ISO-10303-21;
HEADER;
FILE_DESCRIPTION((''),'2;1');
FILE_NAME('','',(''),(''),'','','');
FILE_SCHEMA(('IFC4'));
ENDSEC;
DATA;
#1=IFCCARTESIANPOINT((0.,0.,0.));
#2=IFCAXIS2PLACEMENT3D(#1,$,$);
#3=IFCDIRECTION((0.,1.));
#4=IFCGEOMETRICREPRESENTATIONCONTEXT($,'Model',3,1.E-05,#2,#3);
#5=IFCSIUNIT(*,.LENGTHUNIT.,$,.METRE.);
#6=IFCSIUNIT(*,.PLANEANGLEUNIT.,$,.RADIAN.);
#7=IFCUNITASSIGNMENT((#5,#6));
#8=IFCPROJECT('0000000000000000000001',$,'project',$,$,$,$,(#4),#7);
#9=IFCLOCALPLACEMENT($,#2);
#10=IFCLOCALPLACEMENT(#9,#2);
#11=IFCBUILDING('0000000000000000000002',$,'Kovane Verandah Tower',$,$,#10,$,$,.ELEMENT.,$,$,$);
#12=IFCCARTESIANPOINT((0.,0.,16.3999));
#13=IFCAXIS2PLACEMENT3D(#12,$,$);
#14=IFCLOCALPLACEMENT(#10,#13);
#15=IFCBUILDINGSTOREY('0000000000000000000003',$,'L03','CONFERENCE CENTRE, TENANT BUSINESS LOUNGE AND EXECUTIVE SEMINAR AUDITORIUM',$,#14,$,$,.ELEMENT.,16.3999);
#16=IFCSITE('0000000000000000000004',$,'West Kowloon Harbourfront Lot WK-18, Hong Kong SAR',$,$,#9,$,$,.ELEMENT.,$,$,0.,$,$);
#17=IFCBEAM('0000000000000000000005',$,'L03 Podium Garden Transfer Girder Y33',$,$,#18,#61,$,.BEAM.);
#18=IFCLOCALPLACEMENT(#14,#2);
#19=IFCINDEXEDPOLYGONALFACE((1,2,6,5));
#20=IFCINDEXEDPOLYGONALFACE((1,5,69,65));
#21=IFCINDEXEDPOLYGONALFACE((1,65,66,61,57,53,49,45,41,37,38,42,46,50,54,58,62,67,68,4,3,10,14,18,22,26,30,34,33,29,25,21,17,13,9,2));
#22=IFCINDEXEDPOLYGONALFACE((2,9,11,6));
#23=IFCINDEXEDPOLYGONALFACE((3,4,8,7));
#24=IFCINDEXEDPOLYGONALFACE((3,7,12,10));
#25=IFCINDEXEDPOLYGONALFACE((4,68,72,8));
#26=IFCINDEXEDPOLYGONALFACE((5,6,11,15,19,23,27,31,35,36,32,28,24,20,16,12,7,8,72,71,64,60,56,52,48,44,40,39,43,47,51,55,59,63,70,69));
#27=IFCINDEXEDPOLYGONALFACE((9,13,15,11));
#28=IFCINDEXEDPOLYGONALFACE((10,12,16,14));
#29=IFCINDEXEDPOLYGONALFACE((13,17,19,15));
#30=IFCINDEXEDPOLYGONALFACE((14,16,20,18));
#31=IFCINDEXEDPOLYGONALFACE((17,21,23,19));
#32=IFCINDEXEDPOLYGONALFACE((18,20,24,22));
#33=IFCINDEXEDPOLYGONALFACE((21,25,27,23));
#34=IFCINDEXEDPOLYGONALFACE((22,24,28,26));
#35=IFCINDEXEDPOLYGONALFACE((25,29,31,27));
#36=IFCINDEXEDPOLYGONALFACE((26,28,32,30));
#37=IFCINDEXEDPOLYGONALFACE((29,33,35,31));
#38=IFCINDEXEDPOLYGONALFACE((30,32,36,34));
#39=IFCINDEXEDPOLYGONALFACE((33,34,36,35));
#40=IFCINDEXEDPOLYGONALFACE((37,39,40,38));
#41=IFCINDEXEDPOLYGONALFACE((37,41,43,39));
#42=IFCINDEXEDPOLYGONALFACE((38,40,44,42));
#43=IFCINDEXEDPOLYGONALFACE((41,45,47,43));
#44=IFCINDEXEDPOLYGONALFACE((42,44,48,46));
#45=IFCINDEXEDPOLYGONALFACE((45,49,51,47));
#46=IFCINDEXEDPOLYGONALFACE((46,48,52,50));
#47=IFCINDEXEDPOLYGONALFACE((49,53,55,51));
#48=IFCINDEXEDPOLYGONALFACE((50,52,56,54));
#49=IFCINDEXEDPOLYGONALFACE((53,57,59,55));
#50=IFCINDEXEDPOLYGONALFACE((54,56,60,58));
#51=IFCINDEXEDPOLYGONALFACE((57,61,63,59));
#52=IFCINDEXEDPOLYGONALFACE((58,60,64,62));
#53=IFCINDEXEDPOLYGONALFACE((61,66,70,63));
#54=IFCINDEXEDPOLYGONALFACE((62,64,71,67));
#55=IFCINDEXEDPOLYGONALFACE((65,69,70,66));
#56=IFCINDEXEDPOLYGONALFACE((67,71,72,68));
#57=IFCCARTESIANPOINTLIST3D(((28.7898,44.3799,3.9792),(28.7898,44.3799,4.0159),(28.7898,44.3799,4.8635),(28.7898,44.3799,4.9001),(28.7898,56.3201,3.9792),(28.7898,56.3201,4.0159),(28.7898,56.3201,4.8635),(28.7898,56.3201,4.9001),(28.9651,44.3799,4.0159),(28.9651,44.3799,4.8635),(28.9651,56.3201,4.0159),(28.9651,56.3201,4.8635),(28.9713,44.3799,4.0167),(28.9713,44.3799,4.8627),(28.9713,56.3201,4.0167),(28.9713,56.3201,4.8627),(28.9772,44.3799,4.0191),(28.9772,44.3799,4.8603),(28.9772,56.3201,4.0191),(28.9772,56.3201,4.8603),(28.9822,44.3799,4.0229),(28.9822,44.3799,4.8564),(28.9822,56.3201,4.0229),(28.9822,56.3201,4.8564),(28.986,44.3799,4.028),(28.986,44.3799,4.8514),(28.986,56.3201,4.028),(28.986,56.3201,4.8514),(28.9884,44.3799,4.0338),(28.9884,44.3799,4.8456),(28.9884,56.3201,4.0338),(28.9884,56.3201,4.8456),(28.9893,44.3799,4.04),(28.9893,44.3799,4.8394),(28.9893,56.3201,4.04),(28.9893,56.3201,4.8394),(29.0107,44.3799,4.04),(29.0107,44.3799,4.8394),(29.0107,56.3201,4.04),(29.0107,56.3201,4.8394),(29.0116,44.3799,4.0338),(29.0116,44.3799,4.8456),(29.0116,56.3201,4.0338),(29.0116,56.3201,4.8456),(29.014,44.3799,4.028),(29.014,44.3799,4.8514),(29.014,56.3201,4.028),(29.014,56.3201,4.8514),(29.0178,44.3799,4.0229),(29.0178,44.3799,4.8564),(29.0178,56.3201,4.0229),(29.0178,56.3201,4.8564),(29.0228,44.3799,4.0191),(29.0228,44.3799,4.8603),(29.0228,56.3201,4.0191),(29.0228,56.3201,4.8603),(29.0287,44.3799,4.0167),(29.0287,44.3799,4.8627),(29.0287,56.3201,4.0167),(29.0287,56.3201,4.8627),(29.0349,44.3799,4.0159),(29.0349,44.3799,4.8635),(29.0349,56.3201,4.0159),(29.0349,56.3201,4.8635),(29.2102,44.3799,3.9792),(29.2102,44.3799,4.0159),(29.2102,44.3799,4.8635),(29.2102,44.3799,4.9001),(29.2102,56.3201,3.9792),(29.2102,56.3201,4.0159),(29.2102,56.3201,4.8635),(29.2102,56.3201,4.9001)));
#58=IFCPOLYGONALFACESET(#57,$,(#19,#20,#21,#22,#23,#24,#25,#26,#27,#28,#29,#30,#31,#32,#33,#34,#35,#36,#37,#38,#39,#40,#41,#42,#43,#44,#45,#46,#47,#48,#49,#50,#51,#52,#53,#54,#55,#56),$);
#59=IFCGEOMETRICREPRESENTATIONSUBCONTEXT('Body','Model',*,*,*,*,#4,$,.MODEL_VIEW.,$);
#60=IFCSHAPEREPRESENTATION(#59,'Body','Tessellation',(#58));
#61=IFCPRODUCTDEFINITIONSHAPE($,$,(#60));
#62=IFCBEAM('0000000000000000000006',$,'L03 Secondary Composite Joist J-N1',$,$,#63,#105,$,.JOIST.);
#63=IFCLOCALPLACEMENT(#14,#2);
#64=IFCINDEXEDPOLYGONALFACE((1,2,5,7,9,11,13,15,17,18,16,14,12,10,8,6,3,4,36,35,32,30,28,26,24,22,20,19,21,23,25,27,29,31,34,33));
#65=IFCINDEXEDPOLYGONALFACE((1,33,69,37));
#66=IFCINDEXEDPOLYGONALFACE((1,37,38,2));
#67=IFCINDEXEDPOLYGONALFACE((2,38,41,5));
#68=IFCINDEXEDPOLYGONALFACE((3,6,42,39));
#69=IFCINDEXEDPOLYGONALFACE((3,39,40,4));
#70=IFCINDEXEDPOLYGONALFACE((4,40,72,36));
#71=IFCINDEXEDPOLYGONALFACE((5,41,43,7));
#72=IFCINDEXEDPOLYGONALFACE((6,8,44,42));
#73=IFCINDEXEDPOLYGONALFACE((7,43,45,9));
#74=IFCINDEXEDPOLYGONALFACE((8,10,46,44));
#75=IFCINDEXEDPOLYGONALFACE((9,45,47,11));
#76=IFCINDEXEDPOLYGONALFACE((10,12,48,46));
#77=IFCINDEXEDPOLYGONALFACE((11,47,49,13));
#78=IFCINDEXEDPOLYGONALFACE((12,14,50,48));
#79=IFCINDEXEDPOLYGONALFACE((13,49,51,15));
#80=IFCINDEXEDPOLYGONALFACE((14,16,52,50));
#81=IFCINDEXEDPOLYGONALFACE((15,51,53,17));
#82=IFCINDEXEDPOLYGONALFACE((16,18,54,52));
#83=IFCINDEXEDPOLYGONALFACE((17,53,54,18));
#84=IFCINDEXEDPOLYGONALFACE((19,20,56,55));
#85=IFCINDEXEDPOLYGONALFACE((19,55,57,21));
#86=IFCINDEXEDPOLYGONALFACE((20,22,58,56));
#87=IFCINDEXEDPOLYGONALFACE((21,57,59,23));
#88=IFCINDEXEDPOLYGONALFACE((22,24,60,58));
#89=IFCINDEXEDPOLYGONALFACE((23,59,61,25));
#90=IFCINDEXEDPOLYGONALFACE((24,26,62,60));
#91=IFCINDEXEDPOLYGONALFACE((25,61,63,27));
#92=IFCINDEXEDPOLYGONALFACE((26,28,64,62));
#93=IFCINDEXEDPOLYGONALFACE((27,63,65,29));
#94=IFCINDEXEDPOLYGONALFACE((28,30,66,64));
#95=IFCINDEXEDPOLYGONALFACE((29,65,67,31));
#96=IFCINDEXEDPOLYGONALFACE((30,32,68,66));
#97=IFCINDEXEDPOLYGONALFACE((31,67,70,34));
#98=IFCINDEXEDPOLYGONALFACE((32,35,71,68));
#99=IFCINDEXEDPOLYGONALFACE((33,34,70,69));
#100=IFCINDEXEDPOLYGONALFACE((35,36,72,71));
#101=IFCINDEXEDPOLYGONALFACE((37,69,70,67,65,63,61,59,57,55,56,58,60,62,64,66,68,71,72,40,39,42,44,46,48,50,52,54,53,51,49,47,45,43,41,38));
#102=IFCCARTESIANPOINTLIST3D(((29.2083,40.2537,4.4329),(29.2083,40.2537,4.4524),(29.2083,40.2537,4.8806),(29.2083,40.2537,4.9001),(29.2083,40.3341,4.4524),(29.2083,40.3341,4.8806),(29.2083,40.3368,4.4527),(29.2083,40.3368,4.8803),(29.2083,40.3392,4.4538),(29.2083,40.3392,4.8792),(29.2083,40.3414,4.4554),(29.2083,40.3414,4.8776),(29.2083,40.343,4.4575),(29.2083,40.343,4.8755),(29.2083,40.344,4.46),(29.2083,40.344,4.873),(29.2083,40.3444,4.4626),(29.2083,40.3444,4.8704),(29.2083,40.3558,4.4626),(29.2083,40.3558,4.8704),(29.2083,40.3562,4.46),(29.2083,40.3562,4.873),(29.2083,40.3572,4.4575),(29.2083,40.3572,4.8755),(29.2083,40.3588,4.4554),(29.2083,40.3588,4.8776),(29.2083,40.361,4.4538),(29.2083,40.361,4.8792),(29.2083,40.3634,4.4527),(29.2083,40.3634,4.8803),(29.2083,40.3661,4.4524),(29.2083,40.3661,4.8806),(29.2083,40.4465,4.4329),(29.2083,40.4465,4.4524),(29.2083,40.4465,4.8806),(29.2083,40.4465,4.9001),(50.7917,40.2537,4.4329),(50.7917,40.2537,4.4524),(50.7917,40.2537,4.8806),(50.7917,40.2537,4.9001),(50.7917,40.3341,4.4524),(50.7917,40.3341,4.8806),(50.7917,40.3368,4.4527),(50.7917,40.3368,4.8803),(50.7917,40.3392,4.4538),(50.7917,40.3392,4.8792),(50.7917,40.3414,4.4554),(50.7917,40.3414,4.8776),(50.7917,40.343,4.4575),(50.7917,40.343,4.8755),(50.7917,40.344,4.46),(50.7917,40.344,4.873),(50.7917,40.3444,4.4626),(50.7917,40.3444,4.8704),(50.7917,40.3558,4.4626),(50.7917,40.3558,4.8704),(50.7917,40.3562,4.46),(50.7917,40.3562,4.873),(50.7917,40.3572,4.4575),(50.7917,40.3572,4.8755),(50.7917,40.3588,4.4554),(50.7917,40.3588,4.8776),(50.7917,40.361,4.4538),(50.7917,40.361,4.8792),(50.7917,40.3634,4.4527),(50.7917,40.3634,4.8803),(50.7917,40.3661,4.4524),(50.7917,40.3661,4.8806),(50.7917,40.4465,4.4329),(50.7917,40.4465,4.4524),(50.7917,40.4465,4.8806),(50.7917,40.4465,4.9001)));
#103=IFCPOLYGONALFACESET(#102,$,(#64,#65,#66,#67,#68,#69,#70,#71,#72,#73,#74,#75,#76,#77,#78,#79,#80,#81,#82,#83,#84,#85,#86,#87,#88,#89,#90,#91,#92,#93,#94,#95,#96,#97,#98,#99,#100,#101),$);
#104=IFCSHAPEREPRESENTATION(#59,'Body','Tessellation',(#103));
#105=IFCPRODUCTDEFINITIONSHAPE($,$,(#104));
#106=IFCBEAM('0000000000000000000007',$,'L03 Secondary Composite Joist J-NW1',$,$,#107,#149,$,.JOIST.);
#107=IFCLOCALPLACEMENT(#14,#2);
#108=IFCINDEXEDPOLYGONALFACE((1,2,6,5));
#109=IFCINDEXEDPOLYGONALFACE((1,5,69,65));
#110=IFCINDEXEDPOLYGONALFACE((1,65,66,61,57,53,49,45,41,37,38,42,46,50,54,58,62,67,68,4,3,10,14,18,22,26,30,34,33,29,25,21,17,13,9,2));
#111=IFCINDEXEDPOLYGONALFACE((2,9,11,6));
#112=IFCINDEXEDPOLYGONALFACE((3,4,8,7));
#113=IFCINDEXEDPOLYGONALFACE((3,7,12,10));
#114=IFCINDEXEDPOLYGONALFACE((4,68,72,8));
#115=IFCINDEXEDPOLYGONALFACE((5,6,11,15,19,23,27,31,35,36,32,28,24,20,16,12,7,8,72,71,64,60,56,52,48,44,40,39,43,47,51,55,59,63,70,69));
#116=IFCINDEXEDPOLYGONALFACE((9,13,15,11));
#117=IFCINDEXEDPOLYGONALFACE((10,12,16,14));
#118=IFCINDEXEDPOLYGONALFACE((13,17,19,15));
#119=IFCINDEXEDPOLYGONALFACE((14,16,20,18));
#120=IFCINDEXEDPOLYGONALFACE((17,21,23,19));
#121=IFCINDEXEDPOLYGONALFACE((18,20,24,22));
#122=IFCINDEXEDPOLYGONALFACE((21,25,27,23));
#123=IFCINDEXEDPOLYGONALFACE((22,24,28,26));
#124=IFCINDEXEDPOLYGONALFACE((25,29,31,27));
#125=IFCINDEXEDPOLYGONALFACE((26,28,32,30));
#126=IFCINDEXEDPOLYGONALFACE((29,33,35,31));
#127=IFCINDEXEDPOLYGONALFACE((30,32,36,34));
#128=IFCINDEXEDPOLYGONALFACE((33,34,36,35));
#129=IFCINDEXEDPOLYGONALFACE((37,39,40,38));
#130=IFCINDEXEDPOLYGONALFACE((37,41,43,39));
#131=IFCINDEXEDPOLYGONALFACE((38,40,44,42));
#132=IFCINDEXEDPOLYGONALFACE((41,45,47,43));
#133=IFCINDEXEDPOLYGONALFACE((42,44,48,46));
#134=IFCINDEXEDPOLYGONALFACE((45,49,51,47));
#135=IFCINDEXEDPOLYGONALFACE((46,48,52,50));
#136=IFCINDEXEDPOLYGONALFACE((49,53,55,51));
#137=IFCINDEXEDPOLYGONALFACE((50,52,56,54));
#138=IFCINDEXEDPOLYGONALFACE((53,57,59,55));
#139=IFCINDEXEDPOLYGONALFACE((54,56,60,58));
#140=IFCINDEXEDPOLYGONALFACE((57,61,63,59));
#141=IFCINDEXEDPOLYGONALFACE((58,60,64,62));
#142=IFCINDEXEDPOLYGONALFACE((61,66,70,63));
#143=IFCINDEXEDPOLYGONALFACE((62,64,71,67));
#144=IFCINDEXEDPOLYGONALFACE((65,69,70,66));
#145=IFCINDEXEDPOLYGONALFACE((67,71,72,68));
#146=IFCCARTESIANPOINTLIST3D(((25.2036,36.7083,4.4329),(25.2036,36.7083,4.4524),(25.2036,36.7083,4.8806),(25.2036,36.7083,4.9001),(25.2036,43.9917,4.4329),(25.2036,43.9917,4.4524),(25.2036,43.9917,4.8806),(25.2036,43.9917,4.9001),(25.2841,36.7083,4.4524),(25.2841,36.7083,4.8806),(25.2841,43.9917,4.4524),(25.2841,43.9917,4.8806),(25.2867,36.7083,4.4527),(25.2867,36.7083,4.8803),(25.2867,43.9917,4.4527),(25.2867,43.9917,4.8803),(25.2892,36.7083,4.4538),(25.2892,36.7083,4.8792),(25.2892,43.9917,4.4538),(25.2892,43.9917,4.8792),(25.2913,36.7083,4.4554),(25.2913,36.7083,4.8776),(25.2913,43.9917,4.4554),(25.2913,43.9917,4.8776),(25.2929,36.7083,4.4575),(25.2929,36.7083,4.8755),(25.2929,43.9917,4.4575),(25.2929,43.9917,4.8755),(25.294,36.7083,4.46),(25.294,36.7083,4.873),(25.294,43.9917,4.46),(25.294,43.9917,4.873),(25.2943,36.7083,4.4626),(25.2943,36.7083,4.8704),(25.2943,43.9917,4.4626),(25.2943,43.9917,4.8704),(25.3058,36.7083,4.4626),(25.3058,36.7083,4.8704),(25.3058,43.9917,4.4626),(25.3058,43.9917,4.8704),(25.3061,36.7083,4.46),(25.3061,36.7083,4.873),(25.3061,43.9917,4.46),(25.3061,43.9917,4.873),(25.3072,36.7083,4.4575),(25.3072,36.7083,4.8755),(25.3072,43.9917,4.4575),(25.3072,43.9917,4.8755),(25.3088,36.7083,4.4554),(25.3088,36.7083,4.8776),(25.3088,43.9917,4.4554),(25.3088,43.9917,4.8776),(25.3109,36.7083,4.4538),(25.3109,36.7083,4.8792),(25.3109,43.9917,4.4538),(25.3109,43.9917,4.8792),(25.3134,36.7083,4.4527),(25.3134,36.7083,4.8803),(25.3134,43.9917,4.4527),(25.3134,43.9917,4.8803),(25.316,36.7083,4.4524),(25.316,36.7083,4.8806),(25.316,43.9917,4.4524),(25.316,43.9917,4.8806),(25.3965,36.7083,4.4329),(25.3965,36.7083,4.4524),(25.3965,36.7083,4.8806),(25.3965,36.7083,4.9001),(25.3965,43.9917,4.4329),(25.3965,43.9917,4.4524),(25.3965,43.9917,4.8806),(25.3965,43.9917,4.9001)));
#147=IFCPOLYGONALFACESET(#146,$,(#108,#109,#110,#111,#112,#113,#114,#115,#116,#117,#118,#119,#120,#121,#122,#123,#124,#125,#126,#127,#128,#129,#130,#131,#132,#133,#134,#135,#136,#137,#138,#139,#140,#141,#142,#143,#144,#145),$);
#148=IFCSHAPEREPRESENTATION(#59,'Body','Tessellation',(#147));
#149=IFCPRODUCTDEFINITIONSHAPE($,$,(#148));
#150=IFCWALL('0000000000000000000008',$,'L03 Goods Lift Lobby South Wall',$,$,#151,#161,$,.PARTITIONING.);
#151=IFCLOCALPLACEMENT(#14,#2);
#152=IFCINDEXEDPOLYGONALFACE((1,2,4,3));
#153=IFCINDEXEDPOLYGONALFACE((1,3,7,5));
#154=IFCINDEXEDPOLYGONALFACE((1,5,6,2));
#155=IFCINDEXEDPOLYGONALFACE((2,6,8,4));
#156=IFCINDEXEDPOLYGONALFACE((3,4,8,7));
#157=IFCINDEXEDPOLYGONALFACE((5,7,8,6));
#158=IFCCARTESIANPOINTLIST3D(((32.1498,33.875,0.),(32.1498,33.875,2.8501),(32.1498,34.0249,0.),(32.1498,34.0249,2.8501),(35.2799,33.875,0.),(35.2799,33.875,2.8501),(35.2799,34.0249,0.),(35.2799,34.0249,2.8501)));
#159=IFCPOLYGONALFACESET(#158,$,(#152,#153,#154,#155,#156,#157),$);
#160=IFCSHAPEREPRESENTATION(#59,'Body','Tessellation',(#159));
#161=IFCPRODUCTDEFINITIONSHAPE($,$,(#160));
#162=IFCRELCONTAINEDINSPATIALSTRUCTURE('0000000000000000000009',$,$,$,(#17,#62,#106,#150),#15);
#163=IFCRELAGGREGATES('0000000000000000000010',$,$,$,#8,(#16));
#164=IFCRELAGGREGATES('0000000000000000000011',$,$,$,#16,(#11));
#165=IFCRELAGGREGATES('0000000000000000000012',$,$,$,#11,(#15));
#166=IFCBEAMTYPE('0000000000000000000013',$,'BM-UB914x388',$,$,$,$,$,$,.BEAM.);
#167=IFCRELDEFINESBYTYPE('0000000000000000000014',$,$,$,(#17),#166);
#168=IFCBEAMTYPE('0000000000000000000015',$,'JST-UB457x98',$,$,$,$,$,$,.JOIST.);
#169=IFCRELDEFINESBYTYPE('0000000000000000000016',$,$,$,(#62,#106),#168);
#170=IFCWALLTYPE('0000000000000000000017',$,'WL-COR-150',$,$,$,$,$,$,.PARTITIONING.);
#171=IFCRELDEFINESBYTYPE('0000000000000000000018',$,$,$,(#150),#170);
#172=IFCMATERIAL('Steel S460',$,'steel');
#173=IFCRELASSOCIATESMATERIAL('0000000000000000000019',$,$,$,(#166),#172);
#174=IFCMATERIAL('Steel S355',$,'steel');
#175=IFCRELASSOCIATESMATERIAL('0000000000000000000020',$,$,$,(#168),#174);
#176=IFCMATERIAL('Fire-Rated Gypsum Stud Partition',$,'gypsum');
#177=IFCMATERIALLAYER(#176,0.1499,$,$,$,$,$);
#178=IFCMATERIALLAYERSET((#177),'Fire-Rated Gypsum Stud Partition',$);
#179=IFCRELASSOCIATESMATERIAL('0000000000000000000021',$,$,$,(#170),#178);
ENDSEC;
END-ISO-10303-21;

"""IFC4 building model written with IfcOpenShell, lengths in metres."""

from ifc_helpers import new_model, si_unit, direction, frame, frame_2d, origin, origin_2d, place, context, subcontext, project, spatial, rectangle, i_section, extrude, material, layer, layer_set, material_profile, profile_set, type_object, element, save


model = new_model("IFC4")

# Units and contexts
model_context = context("Model", 3, precision=1e-05, world=origin(), true_north=direction((0.0, 1.0)))
body_context = subcontext(model_context, "Body", "Model", "MODEL_VIEW")
ifc_project = project(units=[si_unit("LENGTHUNIT", "METRE"), si_unit("PLANEANGLEUNIT", "RADIAN")], contexts=[model_context])

# Site, building, storey
site_placement = place(None, origin())
site = spatial("IfcSite", under=ifc_project, at=site_placement, Name="West Kowloon Harbourfront Lot WK-18, Hong Kong SAR", CompositionType="ELEMENT", RefElevation=0.0)
building_placement = place(site_placement, origin())
building = spatial("IfcBuilding", under=site, at=building_placement, Name="Kovane Verandah Tower", CompositionType="ELEMENT")
storey_placement = place(building_placement, frame((0.0, 0.0, 16.3999)))
storey = spatial("IfcBuildingStorey", under=building, at=storey_placement, Name="L03", Description="CONFERENCE CENTRE, TENANT BUSINESS LOUNGE AND EXECUTIVE SEMINAR AUDITORIUM", CompositionType="ELEMENT", Elevation=16.3999)

# Shared definitions
ifc_material_1 = material(Name="Steel S460", Category="steel")

# Beams
ifc_material_profile_1 = material_profile(ifc_material_1, i_section(OverallWidth=0.4204, OverallDepth=0.9209, WebThickness=0.0215, FlangeThickness=0.0366, FilletRadius=0.0242, at=origin_2d()), Name="UB914x419x388")
ifc_profile_set_1 = profile_set([ifc_material_profile_1], Name="Steel S460")
beam_type_1 = type_object("IfcBeamType", Name="BM-UB914x388", PredefinedType="BEAM", material=ifc_profile_set_1)
for number, where, z_axis, x_axis, name in (
    (1, (29.0, 44.3799, 4.4397), (0.0, 1.0, 0.0), (-1.0, 0.0, 0.0), "L03 Podium Garden Transfer Girder Y33"),
):
    element("IfcBeam", number, at=place(storey_placement, frame(where, z_axis=z_axis, x_axis=x_axis)), inside=storey, type_object=beam_type_1, Name=name, PredefinedType="BEAM", context=body_context, shape_type="SweptSolid", body=[
        extrude(i_section(OverallWidth=0.4204, OverallDepth=0.9209, WebThickness=0.0215, FlangeThickness=0.0366, FilletRadius=0.0242, at=origin_2d()), origin(), (0.0, 0.0, 1.0), 11.9402),
    ])
ifc_material_2 = material(Name="Steel S355", Category="steel")
ifc_material_profile_2 = material_profile(ifc_material_2, i_section(OverallWidth=0.1929, OverallDepth=0.4673, WebThickness=0.0115, FlangeThickness=0.0195, FilletRadius=0.0103, at=origin_2d()), Name="UB457x191x98")
ifc_profile_set_2 = profile_set([ifc_material_profile_2], Name="Steel S355")
beam_type_2 = type_object("IfcBeamType", Name="JST-UB457x98", PredefinedType="JOIST", material=ifc_profile_set_2)
beam_1_placement = place(storey_placement, frame((29.2083, 40.3501, 4.6665), z_axis=(1.0, 0.0, 0.0), x_axis=(0.0, 1.0, 0.0)))
element("IfcBeam", 2, at=beam_1_placement, inside=storey, type_object=beam_type_2, Name="L03 Secondary Composite Joist J-N1", PredefinedType="JOIST", context=body_context, shape_type="SweptSolid", body=[
    extrude(i_section(OverallWidth=0.1929, OverallDepth=0.4673, WebThickness=0.0115, FlangeThickness=0.0195, FilletRadius=0.0103, at=origin_2d()), origin(), (0.0, 0.0, 1.0), 21.5835),
])
beam_2_placement = place(storey_placement, frame((25.3, 36.7083, 4.6665), z_axis=(0.0, 1.0, 0.0), x_axis=(-1.0, 0.0, 0.0)))
element("IfcBeam", 3, at=beam_2_placement, inside=storey, type_object=beam_type_2, Name="L03 Secondary Composite Joist J-NW1", PredefinedType="JOIST", context=body_context, shape_type="SweptSolid", body=[
    extrude(i_section(OverallWidth=0.1929, OverallDepth=0.4673, WebThickness=0.0115, FlangeThickness=0.0195, FilletRadius=0.0103, at=origin_2d()), origin(), (0.0, 0.0, 1.0), 7.2834),
])

# Wall
ifc_material_3 = material(Name="Fire-Rated Gypsum Stud Partition", Category="gypsum")
ifc_layer_1 = layer(ifc_material_3, 0.1499)
ifc_layer_set_1 = layer_set([ifc_layer_1], Name="Fire-Rated Gypsum Stud Partition")
wall_type_1 = type_object("IfcWallType", Name="WL-COR-150", PredefinedType="PARTITIONING", material=ifc_layer_set_1)
wall_1_placement = place(storey_placement, frame((32.1499, 33.95, 0.0), z_axis=(0.0, 0.0, 1.0), x_axis=(1.0, 0.0, 0.0)))
element("IfcWall", 4, at=wall_1_placement, inside=storey, type_object=wall_type_1, Name="L03 Goods Lift Lobby South Wall", PredefinedType="PARTITIONING", context=body_context, shape_type="SweptSolid", body=[
    extrude(rectangle(XDim=3.1301, YDim=0.1499, at=frame_2d((1.5649, 0.0))), origin(), (0.0, 0.0, 1.0), 2.8501),
])

save(model, "model.ifc")
